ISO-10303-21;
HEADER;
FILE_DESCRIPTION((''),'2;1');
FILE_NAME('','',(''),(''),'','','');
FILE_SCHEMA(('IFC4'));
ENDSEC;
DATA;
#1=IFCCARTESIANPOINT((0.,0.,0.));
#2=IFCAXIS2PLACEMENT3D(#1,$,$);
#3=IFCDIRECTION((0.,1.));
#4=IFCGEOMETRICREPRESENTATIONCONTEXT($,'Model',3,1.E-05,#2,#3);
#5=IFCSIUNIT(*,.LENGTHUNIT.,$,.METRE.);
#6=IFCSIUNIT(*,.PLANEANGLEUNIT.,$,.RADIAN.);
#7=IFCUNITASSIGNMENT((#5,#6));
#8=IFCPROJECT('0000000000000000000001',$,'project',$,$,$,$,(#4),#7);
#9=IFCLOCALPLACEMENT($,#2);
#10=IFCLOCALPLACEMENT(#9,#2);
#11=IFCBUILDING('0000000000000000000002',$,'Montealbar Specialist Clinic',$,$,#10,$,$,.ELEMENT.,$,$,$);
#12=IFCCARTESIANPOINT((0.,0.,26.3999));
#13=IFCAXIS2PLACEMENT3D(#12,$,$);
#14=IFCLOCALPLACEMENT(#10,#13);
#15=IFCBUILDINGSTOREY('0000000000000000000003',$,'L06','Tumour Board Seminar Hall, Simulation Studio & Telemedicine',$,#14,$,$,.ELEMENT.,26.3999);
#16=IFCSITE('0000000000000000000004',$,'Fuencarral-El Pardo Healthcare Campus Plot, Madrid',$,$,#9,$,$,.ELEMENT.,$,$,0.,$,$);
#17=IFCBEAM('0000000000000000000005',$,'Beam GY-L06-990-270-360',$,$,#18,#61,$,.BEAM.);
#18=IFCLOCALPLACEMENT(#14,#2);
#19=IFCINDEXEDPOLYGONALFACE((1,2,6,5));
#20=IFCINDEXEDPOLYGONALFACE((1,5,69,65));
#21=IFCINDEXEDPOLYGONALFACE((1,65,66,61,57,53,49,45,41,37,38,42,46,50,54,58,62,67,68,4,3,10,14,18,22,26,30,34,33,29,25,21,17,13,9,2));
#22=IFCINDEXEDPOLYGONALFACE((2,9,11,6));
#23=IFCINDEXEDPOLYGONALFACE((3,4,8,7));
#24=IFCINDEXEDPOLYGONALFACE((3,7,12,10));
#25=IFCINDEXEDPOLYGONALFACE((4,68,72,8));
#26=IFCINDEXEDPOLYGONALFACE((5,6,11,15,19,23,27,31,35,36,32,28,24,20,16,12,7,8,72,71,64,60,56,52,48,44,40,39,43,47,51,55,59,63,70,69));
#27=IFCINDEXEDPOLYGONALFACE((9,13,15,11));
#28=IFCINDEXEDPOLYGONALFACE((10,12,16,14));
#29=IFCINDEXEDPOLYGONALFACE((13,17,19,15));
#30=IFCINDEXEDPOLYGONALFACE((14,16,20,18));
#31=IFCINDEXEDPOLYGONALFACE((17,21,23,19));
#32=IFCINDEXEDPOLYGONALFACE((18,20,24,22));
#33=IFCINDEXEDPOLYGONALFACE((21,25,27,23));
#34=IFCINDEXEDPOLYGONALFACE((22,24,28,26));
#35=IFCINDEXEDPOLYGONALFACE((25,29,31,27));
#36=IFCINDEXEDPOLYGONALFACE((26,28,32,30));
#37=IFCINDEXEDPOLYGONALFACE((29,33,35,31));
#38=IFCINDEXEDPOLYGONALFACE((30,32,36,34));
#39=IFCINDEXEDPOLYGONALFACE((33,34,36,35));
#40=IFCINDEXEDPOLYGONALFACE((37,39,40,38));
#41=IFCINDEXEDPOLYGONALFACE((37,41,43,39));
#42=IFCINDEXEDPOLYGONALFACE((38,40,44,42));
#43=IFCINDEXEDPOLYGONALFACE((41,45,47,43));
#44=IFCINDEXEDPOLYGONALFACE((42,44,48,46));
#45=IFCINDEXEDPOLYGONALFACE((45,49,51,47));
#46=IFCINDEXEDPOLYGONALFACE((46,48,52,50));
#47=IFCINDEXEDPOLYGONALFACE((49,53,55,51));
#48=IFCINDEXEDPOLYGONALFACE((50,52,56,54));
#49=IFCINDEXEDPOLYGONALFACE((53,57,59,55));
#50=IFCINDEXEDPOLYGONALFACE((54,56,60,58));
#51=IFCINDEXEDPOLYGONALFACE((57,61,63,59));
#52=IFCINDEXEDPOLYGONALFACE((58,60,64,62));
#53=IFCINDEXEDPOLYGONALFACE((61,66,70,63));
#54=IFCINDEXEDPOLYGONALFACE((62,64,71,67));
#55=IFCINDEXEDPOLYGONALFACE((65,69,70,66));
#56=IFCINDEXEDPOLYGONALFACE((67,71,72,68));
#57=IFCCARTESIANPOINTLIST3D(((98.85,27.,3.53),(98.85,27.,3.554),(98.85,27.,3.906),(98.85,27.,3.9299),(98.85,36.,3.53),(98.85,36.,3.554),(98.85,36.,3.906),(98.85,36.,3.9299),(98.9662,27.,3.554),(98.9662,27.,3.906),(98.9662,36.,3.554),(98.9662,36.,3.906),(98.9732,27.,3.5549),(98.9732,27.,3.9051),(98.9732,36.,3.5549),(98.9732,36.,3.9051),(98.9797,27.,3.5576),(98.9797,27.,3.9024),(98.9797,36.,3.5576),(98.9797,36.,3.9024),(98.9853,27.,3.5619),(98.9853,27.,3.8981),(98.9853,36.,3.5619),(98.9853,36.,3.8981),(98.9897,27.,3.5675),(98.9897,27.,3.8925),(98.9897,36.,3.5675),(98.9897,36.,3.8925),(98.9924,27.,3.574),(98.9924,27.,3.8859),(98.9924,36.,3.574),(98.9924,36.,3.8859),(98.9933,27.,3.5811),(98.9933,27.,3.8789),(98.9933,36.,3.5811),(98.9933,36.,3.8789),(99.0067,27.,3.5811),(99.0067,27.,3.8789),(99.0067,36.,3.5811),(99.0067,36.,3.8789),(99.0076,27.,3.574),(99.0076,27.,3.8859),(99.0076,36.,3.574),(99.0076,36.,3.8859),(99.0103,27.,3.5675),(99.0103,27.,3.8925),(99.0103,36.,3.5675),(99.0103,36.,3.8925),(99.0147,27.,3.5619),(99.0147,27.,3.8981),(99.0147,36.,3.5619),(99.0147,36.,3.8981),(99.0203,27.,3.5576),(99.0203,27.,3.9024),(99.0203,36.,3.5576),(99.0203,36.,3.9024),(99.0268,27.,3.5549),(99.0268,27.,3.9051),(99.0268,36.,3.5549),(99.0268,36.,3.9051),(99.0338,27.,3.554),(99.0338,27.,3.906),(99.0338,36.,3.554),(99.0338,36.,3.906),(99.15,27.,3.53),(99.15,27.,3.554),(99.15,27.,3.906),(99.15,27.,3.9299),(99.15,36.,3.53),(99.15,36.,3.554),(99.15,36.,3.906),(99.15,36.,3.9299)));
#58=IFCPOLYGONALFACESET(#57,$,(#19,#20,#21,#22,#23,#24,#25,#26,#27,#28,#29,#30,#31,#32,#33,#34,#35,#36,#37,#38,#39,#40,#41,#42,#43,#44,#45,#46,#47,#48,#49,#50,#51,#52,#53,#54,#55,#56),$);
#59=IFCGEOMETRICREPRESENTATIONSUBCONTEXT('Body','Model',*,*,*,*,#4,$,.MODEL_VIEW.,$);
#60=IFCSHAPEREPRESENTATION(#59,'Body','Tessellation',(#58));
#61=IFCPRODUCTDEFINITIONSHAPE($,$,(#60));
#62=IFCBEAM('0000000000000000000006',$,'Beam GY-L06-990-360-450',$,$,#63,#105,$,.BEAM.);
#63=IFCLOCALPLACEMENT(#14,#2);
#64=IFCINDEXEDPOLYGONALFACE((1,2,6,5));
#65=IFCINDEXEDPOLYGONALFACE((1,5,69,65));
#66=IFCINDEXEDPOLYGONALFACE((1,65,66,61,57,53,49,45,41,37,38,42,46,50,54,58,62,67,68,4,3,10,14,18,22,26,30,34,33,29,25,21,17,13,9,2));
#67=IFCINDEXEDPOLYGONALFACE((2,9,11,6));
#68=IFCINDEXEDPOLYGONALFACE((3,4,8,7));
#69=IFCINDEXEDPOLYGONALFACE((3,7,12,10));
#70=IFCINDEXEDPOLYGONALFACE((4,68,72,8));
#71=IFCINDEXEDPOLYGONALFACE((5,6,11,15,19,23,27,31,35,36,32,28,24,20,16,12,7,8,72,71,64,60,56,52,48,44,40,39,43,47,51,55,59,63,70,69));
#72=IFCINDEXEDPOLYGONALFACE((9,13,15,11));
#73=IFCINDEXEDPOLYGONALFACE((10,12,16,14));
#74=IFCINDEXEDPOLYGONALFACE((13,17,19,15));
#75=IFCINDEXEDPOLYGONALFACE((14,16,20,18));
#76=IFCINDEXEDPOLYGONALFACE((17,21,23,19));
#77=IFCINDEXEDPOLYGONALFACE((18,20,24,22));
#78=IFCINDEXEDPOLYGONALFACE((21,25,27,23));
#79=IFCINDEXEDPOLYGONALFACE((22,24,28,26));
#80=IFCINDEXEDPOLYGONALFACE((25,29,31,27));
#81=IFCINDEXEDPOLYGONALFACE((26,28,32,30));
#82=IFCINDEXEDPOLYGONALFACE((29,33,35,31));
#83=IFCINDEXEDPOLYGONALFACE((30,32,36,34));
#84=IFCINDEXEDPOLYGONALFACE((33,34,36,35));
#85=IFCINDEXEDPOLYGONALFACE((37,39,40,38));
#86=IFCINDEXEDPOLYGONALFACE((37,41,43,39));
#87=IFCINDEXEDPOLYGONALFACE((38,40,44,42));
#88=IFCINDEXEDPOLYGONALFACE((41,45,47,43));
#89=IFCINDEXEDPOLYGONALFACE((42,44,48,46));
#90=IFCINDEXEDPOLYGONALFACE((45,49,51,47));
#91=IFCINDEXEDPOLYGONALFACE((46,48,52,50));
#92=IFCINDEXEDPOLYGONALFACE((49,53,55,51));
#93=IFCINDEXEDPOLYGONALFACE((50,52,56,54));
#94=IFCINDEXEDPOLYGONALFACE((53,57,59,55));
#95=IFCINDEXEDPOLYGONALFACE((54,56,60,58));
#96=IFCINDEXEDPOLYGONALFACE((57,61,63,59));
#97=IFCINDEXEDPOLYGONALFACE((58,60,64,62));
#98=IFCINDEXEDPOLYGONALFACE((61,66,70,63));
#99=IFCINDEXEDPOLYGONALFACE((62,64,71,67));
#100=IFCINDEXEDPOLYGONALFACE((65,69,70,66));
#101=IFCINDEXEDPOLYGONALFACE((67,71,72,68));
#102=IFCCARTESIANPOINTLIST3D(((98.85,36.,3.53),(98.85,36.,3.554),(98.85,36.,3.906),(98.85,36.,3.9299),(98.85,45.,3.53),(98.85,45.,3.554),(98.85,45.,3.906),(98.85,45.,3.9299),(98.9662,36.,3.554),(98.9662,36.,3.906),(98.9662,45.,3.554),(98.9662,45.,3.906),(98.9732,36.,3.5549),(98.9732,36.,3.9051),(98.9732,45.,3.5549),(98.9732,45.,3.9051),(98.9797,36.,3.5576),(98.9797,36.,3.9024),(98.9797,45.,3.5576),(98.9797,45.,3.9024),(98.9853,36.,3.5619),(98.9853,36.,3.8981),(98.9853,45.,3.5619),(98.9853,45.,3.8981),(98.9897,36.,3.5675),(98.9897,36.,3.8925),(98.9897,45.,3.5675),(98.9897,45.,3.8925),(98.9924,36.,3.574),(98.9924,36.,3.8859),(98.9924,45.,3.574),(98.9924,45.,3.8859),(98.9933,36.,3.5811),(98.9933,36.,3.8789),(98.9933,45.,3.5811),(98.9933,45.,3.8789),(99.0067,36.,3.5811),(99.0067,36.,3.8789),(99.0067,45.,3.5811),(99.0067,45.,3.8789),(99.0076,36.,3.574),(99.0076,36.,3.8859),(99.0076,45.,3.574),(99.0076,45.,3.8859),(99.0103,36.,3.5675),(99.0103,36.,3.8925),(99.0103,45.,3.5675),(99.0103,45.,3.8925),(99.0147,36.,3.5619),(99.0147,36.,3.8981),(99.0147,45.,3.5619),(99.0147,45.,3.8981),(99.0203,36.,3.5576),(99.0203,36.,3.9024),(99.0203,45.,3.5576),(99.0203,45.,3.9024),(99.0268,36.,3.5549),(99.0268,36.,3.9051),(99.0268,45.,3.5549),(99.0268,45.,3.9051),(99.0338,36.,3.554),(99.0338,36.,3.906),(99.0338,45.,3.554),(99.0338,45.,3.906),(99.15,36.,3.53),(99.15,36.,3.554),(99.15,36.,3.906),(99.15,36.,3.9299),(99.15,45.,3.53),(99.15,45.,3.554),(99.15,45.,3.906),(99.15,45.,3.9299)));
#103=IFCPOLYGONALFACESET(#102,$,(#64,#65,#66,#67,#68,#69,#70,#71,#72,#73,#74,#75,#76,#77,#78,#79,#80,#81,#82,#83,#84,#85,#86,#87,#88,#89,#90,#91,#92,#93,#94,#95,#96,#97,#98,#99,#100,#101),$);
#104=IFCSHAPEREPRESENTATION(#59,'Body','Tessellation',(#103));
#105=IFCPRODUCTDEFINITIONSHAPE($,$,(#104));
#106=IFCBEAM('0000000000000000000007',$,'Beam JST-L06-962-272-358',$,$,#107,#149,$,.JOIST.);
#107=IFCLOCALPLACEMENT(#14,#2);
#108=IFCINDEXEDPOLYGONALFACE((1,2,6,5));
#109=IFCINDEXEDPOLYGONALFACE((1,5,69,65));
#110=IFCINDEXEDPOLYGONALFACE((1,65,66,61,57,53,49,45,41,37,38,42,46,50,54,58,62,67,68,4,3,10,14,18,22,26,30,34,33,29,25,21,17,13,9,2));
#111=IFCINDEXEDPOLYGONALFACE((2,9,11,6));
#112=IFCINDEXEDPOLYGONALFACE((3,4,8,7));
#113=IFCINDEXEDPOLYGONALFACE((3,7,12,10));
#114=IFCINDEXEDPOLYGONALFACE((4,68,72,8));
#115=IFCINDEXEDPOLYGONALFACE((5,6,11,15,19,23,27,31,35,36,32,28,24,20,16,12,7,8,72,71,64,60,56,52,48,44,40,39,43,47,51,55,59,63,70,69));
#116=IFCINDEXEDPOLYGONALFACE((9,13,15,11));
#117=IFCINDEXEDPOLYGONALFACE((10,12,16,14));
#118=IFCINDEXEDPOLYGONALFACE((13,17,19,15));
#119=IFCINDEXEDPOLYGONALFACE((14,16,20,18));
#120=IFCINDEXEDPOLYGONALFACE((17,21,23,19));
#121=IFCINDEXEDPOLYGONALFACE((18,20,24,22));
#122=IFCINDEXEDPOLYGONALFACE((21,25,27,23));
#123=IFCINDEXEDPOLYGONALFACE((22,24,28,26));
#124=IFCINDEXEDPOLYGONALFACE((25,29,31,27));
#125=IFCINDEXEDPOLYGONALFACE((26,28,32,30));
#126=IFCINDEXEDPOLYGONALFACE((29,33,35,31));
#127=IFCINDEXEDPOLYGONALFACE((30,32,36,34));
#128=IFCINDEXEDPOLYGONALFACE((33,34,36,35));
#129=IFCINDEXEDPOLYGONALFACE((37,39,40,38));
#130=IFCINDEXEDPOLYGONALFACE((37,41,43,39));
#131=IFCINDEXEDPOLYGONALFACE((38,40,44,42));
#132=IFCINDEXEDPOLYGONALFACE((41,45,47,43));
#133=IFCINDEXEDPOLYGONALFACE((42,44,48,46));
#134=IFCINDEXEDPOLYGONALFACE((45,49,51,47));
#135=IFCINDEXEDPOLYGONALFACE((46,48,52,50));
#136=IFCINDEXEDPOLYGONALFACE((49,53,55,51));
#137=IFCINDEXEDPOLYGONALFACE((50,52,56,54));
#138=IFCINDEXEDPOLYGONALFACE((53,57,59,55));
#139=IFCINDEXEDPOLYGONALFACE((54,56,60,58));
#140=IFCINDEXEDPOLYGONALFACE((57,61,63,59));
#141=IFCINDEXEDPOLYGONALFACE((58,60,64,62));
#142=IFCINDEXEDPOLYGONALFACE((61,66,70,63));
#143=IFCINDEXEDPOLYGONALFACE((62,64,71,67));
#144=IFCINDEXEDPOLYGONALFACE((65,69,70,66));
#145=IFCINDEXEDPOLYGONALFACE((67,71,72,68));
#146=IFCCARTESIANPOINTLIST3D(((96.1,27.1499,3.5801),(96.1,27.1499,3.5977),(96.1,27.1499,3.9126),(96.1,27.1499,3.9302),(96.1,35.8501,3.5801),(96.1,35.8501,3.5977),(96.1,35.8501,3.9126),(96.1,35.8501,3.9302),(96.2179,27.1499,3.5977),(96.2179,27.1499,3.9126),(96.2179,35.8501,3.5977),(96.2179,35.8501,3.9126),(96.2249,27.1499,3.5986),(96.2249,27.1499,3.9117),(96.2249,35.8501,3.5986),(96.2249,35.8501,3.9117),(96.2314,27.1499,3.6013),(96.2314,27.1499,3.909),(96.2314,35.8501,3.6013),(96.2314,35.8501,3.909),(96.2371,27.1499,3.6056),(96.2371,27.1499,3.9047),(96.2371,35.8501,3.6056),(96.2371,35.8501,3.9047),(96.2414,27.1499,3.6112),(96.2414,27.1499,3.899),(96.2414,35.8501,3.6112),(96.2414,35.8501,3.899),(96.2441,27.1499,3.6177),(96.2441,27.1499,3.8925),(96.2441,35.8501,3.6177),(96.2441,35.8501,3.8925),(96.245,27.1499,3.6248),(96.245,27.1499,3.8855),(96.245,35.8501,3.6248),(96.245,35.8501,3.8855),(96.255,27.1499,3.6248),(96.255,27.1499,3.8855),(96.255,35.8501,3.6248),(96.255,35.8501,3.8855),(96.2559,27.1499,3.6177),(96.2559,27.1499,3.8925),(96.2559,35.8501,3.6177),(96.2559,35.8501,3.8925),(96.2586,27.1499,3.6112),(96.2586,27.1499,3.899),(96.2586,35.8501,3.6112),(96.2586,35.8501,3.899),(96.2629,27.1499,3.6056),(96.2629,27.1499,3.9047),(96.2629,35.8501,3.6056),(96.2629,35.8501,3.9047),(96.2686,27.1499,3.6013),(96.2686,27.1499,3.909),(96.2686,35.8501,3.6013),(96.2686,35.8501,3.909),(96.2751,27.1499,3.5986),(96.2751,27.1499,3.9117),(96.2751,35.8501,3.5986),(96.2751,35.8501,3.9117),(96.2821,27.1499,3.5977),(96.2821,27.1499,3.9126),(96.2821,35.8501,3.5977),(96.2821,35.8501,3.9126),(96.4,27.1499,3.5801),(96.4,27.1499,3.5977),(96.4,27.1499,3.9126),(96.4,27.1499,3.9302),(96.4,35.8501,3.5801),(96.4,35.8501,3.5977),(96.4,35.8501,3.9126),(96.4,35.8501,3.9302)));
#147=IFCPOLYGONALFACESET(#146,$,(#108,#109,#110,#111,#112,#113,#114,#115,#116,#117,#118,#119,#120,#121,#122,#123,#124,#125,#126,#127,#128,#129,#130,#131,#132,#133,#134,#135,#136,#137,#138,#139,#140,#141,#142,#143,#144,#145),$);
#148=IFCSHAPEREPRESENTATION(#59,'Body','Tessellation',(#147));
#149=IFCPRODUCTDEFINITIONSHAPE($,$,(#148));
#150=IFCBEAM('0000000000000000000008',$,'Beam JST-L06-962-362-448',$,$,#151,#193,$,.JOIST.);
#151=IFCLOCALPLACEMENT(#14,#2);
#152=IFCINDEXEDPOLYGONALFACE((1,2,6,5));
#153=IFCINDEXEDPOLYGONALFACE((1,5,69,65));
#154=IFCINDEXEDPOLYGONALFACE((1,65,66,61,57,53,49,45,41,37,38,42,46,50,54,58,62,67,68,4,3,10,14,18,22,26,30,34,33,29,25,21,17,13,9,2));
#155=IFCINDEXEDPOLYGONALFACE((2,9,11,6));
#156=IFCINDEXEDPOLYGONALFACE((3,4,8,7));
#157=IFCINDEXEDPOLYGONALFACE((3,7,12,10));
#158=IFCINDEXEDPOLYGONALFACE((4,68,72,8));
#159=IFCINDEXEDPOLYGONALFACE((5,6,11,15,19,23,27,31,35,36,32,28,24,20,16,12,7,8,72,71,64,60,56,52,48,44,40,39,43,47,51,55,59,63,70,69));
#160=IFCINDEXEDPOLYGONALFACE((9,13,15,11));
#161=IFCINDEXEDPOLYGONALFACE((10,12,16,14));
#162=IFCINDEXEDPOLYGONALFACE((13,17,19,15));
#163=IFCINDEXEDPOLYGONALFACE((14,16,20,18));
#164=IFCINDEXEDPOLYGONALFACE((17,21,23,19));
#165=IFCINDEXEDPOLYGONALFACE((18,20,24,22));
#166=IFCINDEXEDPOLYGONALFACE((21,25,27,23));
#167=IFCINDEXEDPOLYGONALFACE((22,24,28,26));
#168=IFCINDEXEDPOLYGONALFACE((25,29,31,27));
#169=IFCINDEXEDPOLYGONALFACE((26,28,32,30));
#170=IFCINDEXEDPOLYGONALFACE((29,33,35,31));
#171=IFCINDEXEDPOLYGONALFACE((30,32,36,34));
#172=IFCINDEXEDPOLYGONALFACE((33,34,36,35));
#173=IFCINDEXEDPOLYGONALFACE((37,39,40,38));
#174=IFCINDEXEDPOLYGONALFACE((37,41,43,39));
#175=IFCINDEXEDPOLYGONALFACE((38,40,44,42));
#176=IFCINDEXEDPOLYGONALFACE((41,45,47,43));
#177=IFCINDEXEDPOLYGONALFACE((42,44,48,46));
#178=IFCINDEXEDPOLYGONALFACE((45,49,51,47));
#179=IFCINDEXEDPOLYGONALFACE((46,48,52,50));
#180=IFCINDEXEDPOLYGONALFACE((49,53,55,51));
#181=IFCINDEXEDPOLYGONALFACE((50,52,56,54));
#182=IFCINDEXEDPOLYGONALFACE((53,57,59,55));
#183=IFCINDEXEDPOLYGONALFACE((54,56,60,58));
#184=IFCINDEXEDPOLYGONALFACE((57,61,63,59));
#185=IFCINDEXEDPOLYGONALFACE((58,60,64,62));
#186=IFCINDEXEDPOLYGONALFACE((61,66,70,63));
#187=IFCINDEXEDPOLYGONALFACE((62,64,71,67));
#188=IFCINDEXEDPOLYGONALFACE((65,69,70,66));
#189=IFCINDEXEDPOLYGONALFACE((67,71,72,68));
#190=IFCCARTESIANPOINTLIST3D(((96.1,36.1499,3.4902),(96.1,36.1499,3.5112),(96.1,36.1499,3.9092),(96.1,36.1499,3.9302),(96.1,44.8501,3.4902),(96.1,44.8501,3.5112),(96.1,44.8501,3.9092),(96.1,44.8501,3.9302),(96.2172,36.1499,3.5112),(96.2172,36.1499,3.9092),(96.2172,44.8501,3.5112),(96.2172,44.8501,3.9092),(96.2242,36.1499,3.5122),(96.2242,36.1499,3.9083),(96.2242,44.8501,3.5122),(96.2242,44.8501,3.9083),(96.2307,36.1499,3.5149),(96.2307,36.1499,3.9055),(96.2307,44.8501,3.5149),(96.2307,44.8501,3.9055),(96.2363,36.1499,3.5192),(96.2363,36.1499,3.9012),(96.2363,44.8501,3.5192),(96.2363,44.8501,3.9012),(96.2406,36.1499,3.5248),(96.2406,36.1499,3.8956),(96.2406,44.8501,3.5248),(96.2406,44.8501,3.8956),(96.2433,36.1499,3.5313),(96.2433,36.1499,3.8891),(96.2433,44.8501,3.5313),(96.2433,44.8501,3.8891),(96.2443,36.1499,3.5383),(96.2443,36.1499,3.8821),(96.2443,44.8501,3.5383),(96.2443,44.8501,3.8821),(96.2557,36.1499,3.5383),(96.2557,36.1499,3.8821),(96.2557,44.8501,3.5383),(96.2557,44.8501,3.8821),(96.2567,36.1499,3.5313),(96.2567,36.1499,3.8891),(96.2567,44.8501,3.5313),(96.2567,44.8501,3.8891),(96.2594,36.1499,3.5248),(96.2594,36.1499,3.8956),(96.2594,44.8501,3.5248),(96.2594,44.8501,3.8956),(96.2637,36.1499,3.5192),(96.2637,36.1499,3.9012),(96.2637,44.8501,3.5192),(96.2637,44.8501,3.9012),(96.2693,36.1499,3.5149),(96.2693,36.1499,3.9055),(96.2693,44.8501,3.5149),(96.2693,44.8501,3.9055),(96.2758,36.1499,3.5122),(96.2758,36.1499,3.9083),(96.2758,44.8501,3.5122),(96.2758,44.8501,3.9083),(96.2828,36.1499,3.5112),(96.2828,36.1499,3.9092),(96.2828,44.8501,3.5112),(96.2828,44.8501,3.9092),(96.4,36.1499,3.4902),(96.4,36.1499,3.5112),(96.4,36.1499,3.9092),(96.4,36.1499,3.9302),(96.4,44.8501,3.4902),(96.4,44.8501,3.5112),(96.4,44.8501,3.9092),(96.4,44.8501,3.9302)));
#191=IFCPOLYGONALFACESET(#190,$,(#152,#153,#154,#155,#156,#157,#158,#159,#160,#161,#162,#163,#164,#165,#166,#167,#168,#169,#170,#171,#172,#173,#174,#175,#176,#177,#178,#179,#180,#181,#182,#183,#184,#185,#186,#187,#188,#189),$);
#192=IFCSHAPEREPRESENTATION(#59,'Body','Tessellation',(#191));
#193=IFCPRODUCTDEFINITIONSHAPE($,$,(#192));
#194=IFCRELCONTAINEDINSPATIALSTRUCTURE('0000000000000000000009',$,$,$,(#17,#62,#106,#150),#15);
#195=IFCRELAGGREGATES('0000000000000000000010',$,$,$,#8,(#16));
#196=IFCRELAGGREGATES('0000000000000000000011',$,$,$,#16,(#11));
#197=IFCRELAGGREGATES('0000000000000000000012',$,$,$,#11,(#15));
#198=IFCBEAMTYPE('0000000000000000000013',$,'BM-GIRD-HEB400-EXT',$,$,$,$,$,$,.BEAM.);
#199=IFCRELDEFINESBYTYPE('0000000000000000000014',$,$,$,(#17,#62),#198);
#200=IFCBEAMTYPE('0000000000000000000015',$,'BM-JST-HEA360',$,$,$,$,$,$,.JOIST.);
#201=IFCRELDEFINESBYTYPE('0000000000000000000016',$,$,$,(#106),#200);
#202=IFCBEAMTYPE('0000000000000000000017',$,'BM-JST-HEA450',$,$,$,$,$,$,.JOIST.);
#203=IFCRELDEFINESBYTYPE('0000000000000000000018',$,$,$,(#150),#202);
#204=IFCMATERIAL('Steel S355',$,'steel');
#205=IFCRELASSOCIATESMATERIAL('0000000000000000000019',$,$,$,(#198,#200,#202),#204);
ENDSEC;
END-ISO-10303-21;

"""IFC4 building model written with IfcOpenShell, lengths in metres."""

from ifc_helpers import new_model, si_unit, direction, frame, origin, origin_2d, place, context, subcontext, project, spatial, i_section, extrude, material, material_profile, profile_set, type_object, element, save


model = new_model("IFC4")

# Units and contexts
model_context = context("Model", 3, precision=1e-05, world=origin(), true_north=direction((0.0, 1.0)))
body_context = subcontext(model_context, "Body", "Model", "MODEL_VIEW")
ifc_project = project(units=[si_unit("LENGTHUNIT", "METRE"), si_unit("PLANEANGLEUNIT", "RADIAN")], contexts=[model_context])

# Site, building, storey
site_placement = place(None, origin())
site = spatial("IfcSite", under=ifc_project, at=site_placement, Name="Fuencarral-El Pardo Healthcare Campus Plot, Madrid", CompositionType="ELEMENT", RefElevation=0.0)
building_placement = place(site_placement, origin())
building = spatial("IfcBuilding", under=site, at=building_placement, Name="Montealbar Specialist Clinic", CompositionType="ELEMENT")
storey_placement = place(building_placement, frame((0.0, 0.0, 26.3999)))
storey = spatial("IfcBuildingStorey", under=building, at=storey_placement, Name="L06", Description="Tumour Board Seminar Hall, Simulation Studio & Telemedicine", CompositionType="ELEMENT", Elevation=26.3999)

# Shared definitions
ifc_material_1 = material(Name="Steel S355", Category="steel")

# Beams
ifc_material_profile_1 = material_profile(ifc_material_1, i_section(OverallWidth=0.3, OverallDepth=0.3999, WebThickness=0.0134, FlangeThickness=0.0239, FilletRadius=0.0271, at=origin_2d()), Name="HEB 400", Category="steel")
ifc_profile_set_1 = profile_set([ifc_material_profile_1], Name="Steel S355")
beam_type_1 = type_object("IfcBeamType", Name="BM-GIRD-HEB400-EXT", PredefinedType="BEAM", material=ifc_profile_set_1)
for number, where, z_axis, x_axis, name in (
    (1, (99.0, 27.0, 3.73), (0.0, 1.0, 0.0), (-1.0, 0.0, 0.0), "Beam GY-L06-990-270-360"),
    (2, (99.0, 36.0, 3.73), (0.0, 1.0, 0.0), (-1.0, 0.0, 0.0), "Beam GY-L06-990-360-450"),
):
    element("IfcBeam", number, at=place(storey_placement, frame(where, z_axis=z_axis, x_axis=x_axis)), inside=storey, type_object=beam_type_1, Name=name, PredefinedType="BEAM", context=body_context, shape_type="SweptSolid", body=[
        extrude(i_section(OverallWidth=0.3, OverallDepth=0.3999, WebThickness=0.0134, FlangeThickness=0.0239, FilletRadius=0.0271, at=origin_2d()), origin(), (0.0, 0.0, 1.0), 9.0),
    ])
ifc_material_profile_2 = material_profile(ifc_material_1, i_section(OverallWidth=0.3, OverallDepth=0.3501, WebThickness=0.01, FlangeThickness=0.0176, FilletRadius=0.0271, at=origin_2d()), Name="HEA 360", Category="steel")
ifc_profile_set_2 = profile_set([ifc_material_profile_2], Name="Steel S355")
beam_type_2 = type_object("IfcBeamType", Name="BM-JST-HEA360", PredefinedType="JOIST", material=ifc_profile_set_2)
beam_1_placement = place(storey_placement, frame((96.25, 27.1499, 3.7551), z_axis=(0.0, 1.0, 0.0), x_axis=(-1.0, 0.0, 0.0)))
element("IfcBeam", 3, at=beam_1_placement, inside=storey, type_object=beam_type_2, Name="Beam JST-L06-962-272-358", PredefinedType="JOIST", context=body_context, shape_type="SweptSolid", body=[
    extrude(i_section(OverallWidth=0.3, OverallDepth=0.3501, WebThickness=0.01, FlangeThickness=0.0176, FilletRadius=0.0271, at=origin_2d()), origin(), (0.0, 0.0, 1.0), 8.7002),
])
ifc_material_profile_3 = material_profile(ifc_material_1, i_section(OverallWidth=0.3, OverallDepth=0.4399, WebThickness=0.0115, FlangeThickness=0.021, FilletRadius=0.0271, at=origin_2d()), Name="HEA 450", Category="steel")
ifc_profile_set_3 = profile_set([ifc_material_profile_3], Name="Steel S355")
beam_type_3 = type_object("IfcBeamType", Name="BM-JST-HEA450", PredefinedType="JOIST", material=ifc_profile_set_3)
beam_2_placement = place(storey_placement, frame((96.25, 36.1499, 3.7102), z_axis=(0.0, 1.0, 0.0), x_axis=(-1.0, 0.0, 0.0)))
element("IfcBeam", 4, at=beam_2_placement, inside=storey, type_object=beam_type_3, Name="Beam JST-L06-962-362-448", PredefinedType="JOIST", context=body_context, shape_type="SweptSolid", body=[
    extrude(i_section(OverallWidth=0.3, OverallDepth=0.4399, WebThickness=0.0115, FlangeThickness=0.021, FilletRadius=0.0271, at=origin_2d()), origin(), (0.0, 0.0, 1.0), 8.7002),
])

save(model, "model.ifc")
